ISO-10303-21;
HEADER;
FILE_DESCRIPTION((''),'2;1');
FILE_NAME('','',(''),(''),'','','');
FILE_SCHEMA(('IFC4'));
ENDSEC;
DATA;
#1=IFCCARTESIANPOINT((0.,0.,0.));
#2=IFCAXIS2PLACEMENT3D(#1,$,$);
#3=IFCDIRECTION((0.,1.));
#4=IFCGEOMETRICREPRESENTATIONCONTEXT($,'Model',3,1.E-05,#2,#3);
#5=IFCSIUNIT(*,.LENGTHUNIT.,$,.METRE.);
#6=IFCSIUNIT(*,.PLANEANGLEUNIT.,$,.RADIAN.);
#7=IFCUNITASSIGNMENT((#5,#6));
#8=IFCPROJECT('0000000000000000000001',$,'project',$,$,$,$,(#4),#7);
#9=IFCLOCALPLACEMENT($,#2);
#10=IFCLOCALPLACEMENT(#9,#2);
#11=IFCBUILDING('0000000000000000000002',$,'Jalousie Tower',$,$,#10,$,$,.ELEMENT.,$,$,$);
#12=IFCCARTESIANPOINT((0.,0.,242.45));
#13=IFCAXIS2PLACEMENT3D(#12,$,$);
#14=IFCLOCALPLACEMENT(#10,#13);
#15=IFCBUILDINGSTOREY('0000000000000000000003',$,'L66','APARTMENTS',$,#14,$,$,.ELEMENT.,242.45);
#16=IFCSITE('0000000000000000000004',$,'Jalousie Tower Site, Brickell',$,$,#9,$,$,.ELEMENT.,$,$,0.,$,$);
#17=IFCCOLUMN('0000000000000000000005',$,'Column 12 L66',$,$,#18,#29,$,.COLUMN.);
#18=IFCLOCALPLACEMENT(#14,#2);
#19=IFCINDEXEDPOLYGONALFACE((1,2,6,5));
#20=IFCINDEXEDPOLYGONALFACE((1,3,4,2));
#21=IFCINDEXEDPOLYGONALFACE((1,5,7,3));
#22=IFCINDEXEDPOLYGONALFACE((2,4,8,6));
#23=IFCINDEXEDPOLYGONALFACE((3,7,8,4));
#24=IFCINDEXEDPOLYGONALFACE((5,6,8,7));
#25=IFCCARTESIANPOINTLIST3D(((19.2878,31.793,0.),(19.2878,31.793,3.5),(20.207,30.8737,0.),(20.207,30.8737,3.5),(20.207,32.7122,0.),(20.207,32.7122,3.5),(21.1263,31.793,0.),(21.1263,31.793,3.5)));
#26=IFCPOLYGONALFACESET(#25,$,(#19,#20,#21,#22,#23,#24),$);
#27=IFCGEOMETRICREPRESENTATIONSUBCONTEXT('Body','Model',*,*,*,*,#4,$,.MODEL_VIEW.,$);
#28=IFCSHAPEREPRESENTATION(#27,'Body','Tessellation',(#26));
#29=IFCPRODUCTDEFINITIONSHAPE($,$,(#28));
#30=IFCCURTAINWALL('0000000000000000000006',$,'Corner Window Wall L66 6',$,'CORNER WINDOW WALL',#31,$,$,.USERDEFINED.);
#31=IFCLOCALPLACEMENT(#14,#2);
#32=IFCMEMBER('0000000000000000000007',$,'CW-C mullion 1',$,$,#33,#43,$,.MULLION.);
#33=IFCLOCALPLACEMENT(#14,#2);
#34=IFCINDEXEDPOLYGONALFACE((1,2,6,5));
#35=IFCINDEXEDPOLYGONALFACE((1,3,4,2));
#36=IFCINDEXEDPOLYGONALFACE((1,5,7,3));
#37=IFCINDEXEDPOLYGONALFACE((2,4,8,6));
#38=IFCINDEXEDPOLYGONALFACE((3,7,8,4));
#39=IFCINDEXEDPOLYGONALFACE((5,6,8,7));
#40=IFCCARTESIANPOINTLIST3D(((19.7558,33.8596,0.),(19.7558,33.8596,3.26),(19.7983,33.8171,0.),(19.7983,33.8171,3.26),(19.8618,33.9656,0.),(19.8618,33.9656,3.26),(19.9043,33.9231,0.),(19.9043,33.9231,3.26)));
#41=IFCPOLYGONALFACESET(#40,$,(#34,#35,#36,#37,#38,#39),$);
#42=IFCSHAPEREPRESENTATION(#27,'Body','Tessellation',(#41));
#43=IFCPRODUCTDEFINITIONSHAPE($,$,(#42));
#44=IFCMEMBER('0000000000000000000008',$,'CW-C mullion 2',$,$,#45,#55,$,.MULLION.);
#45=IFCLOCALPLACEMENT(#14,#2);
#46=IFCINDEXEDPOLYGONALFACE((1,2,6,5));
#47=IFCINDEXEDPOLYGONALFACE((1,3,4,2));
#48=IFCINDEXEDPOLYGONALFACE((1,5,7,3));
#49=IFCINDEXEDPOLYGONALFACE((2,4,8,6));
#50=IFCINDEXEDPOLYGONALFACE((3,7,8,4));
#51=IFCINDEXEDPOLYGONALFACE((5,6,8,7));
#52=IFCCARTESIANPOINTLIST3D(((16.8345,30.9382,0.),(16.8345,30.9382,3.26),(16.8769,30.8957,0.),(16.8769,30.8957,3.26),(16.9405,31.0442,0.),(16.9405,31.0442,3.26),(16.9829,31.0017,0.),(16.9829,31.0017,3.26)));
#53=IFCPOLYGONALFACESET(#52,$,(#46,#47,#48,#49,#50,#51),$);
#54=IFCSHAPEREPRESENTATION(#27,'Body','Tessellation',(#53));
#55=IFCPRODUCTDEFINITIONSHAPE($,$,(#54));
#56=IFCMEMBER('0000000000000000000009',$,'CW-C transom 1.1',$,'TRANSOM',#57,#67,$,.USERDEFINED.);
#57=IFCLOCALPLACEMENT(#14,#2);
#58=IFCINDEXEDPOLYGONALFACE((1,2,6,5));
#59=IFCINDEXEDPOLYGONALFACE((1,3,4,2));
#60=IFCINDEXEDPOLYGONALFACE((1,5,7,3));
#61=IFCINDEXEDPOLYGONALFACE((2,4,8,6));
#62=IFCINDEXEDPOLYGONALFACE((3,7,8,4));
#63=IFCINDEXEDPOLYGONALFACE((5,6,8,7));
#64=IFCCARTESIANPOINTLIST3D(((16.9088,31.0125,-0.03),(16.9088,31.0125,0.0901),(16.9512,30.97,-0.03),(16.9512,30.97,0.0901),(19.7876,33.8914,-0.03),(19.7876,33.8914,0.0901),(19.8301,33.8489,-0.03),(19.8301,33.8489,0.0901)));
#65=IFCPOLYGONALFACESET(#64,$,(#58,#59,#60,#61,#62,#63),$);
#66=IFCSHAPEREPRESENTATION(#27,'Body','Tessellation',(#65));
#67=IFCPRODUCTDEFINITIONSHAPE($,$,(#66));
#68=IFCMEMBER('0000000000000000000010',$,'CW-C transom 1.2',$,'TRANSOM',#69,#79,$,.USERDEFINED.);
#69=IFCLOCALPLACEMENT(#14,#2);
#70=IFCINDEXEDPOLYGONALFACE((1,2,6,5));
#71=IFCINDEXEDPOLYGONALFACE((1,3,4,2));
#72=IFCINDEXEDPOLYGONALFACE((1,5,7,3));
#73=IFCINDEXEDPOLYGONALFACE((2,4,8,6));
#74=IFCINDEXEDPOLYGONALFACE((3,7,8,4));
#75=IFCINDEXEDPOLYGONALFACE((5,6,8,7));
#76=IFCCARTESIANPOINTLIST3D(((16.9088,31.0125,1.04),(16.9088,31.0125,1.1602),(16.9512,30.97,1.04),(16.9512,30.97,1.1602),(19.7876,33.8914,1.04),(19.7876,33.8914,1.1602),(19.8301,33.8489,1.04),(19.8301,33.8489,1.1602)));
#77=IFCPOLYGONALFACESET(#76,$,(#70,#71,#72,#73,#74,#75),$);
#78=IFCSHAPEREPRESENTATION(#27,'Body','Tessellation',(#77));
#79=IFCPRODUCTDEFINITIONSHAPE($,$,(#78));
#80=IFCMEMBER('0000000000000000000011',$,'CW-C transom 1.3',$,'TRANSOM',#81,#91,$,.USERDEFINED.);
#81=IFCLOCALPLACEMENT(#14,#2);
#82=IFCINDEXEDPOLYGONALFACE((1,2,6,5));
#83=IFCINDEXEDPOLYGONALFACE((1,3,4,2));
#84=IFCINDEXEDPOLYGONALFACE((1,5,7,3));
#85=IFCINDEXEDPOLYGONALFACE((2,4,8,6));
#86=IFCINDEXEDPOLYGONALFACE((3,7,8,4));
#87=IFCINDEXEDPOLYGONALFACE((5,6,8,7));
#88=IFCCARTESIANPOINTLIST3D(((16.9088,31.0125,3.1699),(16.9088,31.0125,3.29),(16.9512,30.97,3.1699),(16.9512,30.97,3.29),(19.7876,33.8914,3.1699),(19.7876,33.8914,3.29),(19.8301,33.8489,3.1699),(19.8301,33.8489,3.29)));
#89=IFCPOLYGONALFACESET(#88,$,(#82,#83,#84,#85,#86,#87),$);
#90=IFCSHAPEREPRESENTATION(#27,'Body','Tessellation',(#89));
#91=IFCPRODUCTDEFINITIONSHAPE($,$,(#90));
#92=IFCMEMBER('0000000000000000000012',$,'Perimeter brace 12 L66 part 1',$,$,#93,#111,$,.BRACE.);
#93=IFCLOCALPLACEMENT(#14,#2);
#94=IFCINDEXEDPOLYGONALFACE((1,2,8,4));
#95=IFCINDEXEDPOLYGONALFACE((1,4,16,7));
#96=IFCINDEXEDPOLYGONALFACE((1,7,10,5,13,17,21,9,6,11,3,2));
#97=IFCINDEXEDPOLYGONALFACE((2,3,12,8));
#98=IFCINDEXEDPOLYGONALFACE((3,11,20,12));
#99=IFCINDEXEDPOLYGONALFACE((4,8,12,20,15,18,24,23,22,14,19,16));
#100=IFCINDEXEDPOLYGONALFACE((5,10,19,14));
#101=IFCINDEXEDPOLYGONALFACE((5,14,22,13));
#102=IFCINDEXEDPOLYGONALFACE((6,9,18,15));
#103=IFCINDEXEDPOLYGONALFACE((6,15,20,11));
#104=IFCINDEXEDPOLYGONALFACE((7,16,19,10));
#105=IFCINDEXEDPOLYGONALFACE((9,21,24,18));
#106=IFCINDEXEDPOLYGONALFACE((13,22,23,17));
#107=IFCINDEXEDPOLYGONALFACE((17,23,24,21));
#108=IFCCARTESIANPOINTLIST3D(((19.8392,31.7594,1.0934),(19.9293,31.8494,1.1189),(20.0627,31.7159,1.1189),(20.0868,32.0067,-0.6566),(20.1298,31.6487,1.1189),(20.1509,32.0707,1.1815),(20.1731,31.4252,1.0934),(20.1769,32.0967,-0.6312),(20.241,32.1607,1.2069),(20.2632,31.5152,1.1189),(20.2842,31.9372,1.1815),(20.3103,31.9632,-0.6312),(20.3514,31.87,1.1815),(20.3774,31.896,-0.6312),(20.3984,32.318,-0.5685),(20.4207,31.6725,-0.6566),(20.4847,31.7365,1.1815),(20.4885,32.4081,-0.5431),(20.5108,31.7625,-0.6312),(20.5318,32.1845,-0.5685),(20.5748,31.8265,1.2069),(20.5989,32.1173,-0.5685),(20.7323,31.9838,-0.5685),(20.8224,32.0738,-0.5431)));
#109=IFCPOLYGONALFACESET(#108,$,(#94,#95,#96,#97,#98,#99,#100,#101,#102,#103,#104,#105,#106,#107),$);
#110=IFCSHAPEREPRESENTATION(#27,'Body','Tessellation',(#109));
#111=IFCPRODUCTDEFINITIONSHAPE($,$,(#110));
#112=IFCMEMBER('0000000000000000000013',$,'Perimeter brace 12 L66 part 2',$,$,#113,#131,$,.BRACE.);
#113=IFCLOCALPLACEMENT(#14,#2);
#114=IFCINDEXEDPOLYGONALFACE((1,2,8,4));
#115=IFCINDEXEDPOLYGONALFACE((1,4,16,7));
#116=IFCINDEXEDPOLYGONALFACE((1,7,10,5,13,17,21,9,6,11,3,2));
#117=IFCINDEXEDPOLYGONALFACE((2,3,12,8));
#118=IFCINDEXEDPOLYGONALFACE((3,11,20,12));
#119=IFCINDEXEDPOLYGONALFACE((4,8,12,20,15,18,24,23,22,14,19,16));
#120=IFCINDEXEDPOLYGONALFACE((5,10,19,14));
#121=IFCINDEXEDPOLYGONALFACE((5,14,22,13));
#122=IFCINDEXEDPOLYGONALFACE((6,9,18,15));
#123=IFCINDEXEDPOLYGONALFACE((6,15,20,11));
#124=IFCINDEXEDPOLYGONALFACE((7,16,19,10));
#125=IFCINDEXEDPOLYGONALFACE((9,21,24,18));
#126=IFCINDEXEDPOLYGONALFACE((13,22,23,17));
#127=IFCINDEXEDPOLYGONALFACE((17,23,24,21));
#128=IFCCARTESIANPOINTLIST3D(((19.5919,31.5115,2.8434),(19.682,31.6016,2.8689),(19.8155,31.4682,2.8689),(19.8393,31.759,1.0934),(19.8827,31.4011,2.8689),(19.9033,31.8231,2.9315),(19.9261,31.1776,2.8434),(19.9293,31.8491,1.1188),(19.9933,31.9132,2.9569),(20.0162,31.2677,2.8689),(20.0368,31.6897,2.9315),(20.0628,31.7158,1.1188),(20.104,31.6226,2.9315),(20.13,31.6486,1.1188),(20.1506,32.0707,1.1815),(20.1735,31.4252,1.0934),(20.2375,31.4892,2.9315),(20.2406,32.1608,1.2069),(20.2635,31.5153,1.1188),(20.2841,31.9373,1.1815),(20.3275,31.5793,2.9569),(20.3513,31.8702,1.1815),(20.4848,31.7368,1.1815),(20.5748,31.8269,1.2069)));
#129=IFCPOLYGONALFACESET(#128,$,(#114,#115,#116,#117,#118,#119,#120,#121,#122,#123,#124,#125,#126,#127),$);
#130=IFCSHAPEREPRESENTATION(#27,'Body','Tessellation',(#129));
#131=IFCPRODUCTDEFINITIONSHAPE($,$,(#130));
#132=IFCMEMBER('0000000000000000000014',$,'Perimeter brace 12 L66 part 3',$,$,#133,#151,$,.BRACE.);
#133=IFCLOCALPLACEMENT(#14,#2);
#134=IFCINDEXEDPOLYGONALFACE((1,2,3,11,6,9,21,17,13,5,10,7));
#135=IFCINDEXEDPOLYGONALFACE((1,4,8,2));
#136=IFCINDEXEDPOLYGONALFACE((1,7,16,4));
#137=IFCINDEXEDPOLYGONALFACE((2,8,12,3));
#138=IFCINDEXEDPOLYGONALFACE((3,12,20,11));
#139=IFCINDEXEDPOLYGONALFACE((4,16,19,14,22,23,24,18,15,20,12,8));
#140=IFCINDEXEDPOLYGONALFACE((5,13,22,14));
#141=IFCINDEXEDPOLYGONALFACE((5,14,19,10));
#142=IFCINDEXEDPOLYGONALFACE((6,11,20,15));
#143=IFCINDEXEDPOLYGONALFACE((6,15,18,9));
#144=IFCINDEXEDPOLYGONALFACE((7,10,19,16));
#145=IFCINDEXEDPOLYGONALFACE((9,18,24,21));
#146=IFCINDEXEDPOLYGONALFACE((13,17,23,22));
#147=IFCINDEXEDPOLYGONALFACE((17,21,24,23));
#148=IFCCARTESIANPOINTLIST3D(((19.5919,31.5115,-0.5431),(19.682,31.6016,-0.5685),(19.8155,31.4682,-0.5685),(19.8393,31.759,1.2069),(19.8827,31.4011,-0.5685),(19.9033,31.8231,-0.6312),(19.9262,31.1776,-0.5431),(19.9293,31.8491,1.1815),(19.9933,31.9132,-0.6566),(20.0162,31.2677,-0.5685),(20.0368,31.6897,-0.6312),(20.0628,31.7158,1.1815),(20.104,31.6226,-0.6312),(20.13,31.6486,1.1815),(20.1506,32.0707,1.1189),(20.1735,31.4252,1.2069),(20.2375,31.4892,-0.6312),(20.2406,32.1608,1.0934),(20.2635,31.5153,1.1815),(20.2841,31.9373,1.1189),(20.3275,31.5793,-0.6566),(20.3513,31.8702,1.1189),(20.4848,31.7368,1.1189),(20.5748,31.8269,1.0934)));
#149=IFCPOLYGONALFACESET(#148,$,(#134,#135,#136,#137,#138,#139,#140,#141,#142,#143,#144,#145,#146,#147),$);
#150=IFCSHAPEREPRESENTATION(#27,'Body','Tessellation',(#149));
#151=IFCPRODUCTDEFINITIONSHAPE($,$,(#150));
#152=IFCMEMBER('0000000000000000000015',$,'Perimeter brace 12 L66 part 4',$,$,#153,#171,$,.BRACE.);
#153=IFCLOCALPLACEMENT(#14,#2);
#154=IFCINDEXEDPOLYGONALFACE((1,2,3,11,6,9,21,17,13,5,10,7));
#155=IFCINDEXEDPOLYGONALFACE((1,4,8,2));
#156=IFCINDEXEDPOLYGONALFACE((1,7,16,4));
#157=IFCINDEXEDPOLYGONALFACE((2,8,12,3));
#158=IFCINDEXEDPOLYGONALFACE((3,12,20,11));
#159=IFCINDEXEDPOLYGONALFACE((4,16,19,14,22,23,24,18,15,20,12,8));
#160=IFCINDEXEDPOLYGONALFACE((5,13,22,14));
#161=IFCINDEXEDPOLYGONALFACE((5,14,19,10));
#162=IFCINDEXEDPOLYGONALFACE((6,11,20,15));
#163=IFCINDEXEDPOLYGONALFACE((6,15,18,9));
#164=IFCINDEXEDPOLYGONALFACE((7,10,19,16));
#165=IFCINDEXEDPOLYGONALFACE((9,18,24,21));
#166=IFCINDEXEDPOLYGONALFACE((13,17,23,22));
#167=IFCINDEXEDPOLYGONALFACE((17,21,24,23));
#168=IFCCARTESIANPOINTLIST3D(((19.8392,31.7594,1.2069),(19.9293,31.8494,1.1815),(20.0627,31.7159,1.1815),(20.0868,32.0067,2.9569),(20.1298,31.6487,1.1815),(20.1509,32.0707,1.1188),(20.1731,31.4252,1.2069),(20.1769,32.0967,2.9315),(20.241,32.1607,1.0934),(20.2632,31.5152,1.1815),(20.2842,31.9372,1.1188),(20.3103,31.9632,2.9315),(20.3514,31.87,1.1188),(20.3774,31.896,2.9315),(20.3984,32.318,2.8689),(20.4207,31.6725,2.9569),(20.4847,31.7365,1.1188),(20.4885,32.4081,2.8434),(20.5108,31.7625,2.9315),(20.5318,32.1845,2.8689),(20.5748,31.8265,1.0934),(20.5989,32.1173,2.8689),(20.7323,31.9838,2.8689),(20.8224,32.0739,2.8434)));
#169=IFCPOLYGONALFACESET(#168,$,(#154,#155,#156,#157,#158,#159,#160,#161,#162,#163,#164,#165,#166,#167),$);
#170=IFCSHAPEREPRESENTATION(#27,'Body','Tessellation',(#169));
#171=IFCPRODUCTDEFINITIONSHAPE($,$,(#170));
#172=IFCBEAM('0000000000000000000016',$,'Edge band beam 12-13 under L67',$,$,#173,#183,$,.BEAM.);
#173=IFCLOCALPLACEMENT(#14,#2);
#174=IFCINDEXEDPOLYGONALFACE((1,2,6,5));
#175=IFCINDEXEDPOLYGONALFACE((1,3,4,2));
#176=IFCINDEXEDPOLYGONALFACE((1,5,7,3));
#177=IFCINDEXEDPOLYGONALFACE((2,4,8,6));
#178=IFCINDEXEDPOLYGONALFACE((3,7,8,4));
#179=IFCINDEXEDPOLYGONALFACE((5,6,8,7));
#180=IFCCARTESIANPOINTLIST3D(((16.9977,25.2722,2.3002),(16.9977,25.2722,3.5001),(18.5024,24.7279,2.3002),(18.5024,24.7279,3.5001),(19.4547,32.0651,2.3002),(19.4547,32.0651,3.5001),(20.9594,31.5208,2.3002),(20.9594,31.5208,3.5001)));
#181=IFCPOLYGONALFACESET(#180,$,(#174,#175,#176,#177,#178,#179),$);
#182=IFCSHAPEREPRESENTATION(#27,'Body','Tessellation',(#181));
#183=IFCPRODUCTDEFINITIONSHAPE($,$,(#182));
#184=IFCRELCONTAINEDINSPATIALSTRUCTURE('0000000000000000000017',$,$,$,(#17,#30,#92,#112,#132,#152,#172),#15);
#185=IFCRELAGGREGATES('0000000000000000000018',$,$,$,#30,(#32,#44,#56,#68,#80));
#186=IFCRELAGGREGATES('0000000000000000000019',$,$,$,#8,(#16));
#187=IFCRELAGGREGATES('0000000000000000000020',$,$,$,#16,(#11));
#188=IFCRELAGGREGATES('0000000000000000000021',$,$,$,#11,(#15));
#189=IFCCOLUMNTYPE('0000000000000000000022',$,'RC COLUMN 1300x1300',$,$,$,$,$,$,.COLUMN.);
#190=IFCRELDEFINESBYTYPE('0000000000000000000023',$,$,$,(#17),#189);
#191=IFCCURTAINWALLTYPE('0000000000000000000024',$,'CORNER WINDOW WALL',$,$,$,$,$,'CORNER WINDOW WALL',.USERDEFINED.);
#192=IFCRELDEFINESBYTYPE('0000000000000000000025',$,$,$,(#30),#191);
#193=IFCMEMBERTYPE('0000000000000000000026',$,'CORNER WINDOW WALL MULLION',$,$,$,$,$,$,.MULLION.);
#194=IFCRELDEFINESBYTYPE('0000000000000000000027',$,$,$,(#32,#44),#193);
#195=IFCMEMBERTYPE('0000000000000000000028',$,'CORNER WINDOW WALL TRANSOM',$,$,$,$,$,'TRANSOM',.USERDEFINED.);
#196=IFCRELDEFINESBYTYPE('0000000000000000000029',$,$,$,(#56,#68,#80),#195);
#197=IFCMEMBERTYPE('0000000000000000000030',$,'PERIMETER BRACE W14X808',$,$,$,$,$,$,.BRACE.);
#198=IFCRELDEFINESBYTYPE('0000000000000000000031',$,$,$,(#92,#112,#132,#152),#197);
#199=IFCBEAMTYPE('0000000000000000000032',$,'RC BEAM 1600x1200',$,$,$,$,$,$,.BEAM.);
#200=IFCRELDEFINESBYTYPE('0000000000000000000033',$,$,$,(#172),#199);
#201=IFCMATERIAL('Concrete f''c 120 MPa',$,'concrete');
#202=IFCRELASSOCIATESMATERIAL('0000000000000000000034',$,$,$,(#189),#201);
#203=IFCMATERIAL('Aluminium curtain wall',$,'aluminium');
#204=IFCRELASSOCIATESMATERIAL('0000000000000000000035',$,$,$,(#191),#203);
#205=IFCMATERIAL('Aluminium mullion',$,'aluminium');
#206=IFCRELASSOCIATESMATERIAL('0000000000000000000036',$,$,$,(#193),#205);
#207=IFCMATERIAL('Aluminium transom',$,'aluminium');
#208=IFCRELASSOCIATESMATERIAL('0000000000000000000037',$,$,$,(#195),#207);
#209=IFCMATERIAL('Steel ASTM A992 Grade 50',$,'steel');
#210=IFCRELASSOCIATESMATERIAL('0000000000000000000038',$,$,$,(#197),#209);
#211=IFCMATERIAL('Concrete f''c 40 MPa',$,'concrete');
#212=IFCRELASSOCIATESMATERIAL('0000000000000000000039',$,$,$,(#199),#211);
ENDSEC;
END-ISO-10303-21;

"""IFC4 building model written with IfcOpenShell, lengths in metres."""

from ifc_helpers import new_model, si_unit, direction, frame, origin, origin_2d, place, context, subcontext, project, spatial, rectangle, i_section, extrude, material, material_profile, profile_set, type_object, element, aggregate, save


model = new_model("IFC4")

# Units and contexts
model_context = context("Model", 3, precision=1e-05, world=origin(), true_north=direction((0.0, 1.0)))
body_context = subcontext(model_context, "Body", "Model", "MODEL_VIEW")
ifc_project = project(units=[si_unit("LENGTHUNIT", "METRE"), si_unit("PLANEANGLEUNIT", "RADIAN")], contexts=[model_context])

# Site, building, storey
site_placement = place(None, origin())
site = spatial("IfcSite", under=ifc_project, at=site_placement, Name="Jalousie Tower Site, Brickell", CompositionType="ELEMENT", RefElevation=0.0)
building_placement = place(site_placement, origin())
building = spatial("IfcBuilding", under=site, at=building_placement, Name="Jalousie Tower", CompositionType="ELEMENT")
storey_placement = place(building_placement, frame((0.0, 0.0, 242.45)))
storey = spatial("IfcBuildingStorey", under=building, at=storey_placement, Name="L66", Description="APARTMENTS", CompositionType="ELEMENT", Elevation=242.45)

# Column
ifc_material_1 = material(Name="Concrete f'c 120 MPa", Category="concrete")
ifc_material_profile_1 = material_profile(ifc_material_1, rectangle(XDim=1.3, YDim=1.3, at=origin_2d()), Name="RC 1300x1300")
ifc_profile_set_1 = profile_set([ifc_material_profile_1], Name="Concrete f'c 120 MPa")
column_type = type_object("IfcColumnType", Name="RC COLUMN 1300x1300", PredefinedType="COLUMN", material=ifc_profile_set_1)
column_placement = place(storey_placement, frame((20.207, 31.793, 0.0), z_axis=(0.0, 0.0, 1.0), x_axis=(0.707107, 0.707107, 0.0)))
element("IfcColumn", 1, at=column_placement, inside=storey, type_object=column_type, Name="Column 12 L66", PredefinedType="COLUMN", context=body_context, shape_type="SweptSolid", body=[
    extrude(rectangle(XDim=1.3, YDim=1.3, at=origin_2d()), origin(), (0.0, 0.0, 1.0), 3.5),
])

# Curtain wall, members
ifc_material_2 = material(Name="Aluminium curtain wall", Category="aluminium")
curtain_wall_type_1 = type_object("IfcCurtainWallType", Name="CORNER WINDOW WALL", ElementType="CORNER WINDOW WALL", PredefinedType="USERDEFINED", material=ifc_material_2)
curtain_wall_1_placement = place(storey_placement, origin())
curtain_wall_1 = element("IfcCurtainWall", 2, at=curtain_wall_1_placement, inside=storey, type_object=curtain_wall_type_1, Name="Corner Window Wall L66 6", ObjectType="CORNER WINDOW WALL", PredefinedType="USERDEFINED")
ifc_material_3 = material(Name="Aluminium mullion", Category="aluminium")
ifc_material_profile_2 = material_profile(ifc_material_3, rectangle(XDim=0.0601, YDim=0.1499, at=origin_2d()), Name="MULLION 60x150")
ifc_profile_set_2 = profile_set([ifc_material_profile_2], Name="Aluminium mullion")
member_type_1 = type_object("IfcMemberType", Name="CORNER WINDOW WALL MULLION", PredefinedType="MULLION", material=ifc_profile_set_2)
member_1_placement = place(storey_placement, frame((19.8301, 33.8914, 0.0), z_axis=(0.0, 0.0, 1.0), x_axis=(0.707107, -0.707107, 0.0)))
member_1 = element("IfcMember", 3, at=member_1_placement, type_object=member_type_1, Name="CW-C mullion 1", PredefinedType="MULLION", context=body_context, shape_type="SweptSolid", body=[
    extrude(rectangle(XDim=0.0601, YDim=0.1499, at=origin_2d()), origin(), (0.0, 0.0, 1.0), 3.26),
])
member_2_placement = place(storey_placement, frame((16.9087, 30.97, 0.0), z_axis=(0.0, 0.0, 1.0), x_axis=(0.707107, -0.707107, 0.0)))
member_2 = element("IfcMember", 4, at=member_2_placement, type_object=member_type_1, Name="CW-C mullion 2", PredefinedType="MULLION", context=body_context, shape_type="SweptSolid", body=[
    extrude(rectangle(XDim=0.0601, YDim=0.1499, at=origin_2d()), origin(), (0.0, 0.0, 1.0), 3.26),
])
ifc_material_4 = material(Name="Aluminium transom", Category="aluminium")
ifc_material_profile_3 = material_profile(ifc_material_4, rectangle(XDim=0.0601, YDim=0.1201, at=origin_2d()), Name="TRANSOM 60x120")
ifc_profile_set_3 = profile_set([ifc_material_profile_3], Name="Aluminium transom")
member_type_2 = type_object("IfcMemberType", Name="CORNER WINDOW WALL TRANSOM", ElementType="TRANSOM", PredefinedType="USERDEFINED", material=ifc_profile_set_3)
member_3_placement = place(storey_placement, frame((19.8088, 33.8701, 0.03), z_axis=(-0.707107, -0.707107, 0.0), x_axis=(0.707107, -0.707107, 0.0)))
member_3 = element("IfcMember", 5, at=member_3_placement, type_object=member_type_2, Name="CW-C transom 1.1", ObjectType="TRANSOM", PredefinedType="USERDEFINED", context=body_context, shape_type="SweptSolid", body=[
    extrude(rectangle(XDim=0.0601, YDim=0.1201, at=origin_2d()), origin(), (0.0, 0.0, 1.0), 4.0713),
])
member_4_placement = place(storey_placement, frame((19.8088, 33.8701, 1.1001), z_axis=(-0.707107, -0.707107, 0.0), x_axis=(0.707107, -0.707107, 0.0)))
member_4 = element("IfcMember", 6, at=member_4_placement, type_object=member_type_2, Name="CW-C transom 1.2", ObjectType="TRANSOM", PredefinedType="USERDEFINED", context=body_context, shape_type="SweptSolid", body=[
    extrude(rectangle(XDim=0.0601, YDim=0.1201, at=origin_2d()), origin(), (0.0, 0.0, 1.0), 4.0713),
])
member_5_placement = place(storey_placement, frame((19.8088, 33.8701, 3.23), z_axis=(-0.707107, -0.707107, 0.0), x_axis=(0.707107, -0.707107, 0.0)))
member_5 = element("IfcMember", 7, at=member_5_placement, type_object=member_type_2, Name="CW-C transom 1.3", ObjectType="TRANSOM", PredefinedType="USERDEFINED", context=body_context, shape_type="SweptSolid", body=[
    extrude(rectangle(XDim=0.0601, YDim=0.1201, at=origin_2d()), origin(), (0.0, 0.0, 1.0), 4.0713),
])

# Members
ifc_material_5 = material(Name="Steel ASTM A992 Grade 50", Category="steel")
ifc_material_profile_4 = material_profile(ifc_material_5, i_section(OverallWidth=0.4724, OverallDepth=0.5791, WebThickness=0.095, FlangeThickness=0.1299, at=origin_2d()), Name="W14X808")
ifc_profile_set_4 = profile_set([ifc_material_profile_4], Name="Steel ASTM A992 Grade 50")
member_type_3 = type_object("IfcMemberType", Name="PERIMETER BRACE W14X808", PredefinedType="BRACE", material=ifc_profile_set_4)
for number, where, z_axis, x_axis, name in (
    (8, (20.4546, 32.0403, -0.5999), (-0.138716, -0.138579, 0.980588), (0.706758, -0.707456, 0.0), "Perimeter brace 12 L66 part 1"),
    (9, (20.207, 31.793, 1.1501), (-0.138579, -0.138716, 0.980588), (0.707456, -0.706758, 0.0), "Perimeter brace 12 L66 part 2"),
    (10, (19.9597, 31.5454, -0.5999), (0.138579, 0.138716, 0.980588), (-0.707456, 0.706758, 0.0), "Perimeter brace 12 L66 part 3"),
    (11, (20.207, 31.793, 1.1501), (0.138716, 0.138579, 0.980588), (-0.706758, 0.707456, 0.0), "Perimeter brace 12 L66 part 4"),
):
    element("IfcMember", number, at=place(storey_placement, frame(where, z_axis=z_axis, x_axis=x_axis)), inside=storey, type_object=member_type_3, Name=name, PredefinedType="BRACE", context=body_context, shape_type="SweptSolid", body=[
        extrude(i_section(OverallWidth=0.4724, OverallDepth=0.5791, WebThickness=0.095, FlangeThickness=0.1299, at=origin_2d()), origin(), (0.0, 0.0, 1.0), 1.7847),
    ])

# Beam
ifc_material_6 = material(Name="Concrete f'c 40 MPa", Category="concrete")
ifc_material_profile_5 = material_profile(ifc_material_6, rectangle(XDim=1.6001, YDim=1.2, at=origin_2d()), Name="RC 1600x1200")
ifc_profile_set_5 = profile_set([ifc_material_profile_5], Name="Concrete f'c 40 MPa")
beam_type = type_object("IfcBeamType", Name="RC BEAM 1600x1200", PredefinedType="BEAM", material=ifc_profile_set_5)
beam_placement = place(storey_placement, frame((20.207, 31.793, 2.9001), z_axis=(-0.340136, -0.940376, 0.0), x_axis=(0.940376, -0.340136, 0.0)))
element("IfcBeam", 12, at=beam_placement, inside=storey, type_object=beam_type, Name="Edge band beam 12-13 under L67", PredefinedType="BEAM", context=body_context, shape_type="SweptSolid", body=[
    extrude(rectangle(XDim=1.6001, YDim=1.2, at=origin_2d()), origin(), (0.0, 0.0, 1.0), 7.2236),
])

aggregate(curtain_wall_1, [member_1, member_2, member_3, member_4, member_5])

save(model, "model.ifc")
